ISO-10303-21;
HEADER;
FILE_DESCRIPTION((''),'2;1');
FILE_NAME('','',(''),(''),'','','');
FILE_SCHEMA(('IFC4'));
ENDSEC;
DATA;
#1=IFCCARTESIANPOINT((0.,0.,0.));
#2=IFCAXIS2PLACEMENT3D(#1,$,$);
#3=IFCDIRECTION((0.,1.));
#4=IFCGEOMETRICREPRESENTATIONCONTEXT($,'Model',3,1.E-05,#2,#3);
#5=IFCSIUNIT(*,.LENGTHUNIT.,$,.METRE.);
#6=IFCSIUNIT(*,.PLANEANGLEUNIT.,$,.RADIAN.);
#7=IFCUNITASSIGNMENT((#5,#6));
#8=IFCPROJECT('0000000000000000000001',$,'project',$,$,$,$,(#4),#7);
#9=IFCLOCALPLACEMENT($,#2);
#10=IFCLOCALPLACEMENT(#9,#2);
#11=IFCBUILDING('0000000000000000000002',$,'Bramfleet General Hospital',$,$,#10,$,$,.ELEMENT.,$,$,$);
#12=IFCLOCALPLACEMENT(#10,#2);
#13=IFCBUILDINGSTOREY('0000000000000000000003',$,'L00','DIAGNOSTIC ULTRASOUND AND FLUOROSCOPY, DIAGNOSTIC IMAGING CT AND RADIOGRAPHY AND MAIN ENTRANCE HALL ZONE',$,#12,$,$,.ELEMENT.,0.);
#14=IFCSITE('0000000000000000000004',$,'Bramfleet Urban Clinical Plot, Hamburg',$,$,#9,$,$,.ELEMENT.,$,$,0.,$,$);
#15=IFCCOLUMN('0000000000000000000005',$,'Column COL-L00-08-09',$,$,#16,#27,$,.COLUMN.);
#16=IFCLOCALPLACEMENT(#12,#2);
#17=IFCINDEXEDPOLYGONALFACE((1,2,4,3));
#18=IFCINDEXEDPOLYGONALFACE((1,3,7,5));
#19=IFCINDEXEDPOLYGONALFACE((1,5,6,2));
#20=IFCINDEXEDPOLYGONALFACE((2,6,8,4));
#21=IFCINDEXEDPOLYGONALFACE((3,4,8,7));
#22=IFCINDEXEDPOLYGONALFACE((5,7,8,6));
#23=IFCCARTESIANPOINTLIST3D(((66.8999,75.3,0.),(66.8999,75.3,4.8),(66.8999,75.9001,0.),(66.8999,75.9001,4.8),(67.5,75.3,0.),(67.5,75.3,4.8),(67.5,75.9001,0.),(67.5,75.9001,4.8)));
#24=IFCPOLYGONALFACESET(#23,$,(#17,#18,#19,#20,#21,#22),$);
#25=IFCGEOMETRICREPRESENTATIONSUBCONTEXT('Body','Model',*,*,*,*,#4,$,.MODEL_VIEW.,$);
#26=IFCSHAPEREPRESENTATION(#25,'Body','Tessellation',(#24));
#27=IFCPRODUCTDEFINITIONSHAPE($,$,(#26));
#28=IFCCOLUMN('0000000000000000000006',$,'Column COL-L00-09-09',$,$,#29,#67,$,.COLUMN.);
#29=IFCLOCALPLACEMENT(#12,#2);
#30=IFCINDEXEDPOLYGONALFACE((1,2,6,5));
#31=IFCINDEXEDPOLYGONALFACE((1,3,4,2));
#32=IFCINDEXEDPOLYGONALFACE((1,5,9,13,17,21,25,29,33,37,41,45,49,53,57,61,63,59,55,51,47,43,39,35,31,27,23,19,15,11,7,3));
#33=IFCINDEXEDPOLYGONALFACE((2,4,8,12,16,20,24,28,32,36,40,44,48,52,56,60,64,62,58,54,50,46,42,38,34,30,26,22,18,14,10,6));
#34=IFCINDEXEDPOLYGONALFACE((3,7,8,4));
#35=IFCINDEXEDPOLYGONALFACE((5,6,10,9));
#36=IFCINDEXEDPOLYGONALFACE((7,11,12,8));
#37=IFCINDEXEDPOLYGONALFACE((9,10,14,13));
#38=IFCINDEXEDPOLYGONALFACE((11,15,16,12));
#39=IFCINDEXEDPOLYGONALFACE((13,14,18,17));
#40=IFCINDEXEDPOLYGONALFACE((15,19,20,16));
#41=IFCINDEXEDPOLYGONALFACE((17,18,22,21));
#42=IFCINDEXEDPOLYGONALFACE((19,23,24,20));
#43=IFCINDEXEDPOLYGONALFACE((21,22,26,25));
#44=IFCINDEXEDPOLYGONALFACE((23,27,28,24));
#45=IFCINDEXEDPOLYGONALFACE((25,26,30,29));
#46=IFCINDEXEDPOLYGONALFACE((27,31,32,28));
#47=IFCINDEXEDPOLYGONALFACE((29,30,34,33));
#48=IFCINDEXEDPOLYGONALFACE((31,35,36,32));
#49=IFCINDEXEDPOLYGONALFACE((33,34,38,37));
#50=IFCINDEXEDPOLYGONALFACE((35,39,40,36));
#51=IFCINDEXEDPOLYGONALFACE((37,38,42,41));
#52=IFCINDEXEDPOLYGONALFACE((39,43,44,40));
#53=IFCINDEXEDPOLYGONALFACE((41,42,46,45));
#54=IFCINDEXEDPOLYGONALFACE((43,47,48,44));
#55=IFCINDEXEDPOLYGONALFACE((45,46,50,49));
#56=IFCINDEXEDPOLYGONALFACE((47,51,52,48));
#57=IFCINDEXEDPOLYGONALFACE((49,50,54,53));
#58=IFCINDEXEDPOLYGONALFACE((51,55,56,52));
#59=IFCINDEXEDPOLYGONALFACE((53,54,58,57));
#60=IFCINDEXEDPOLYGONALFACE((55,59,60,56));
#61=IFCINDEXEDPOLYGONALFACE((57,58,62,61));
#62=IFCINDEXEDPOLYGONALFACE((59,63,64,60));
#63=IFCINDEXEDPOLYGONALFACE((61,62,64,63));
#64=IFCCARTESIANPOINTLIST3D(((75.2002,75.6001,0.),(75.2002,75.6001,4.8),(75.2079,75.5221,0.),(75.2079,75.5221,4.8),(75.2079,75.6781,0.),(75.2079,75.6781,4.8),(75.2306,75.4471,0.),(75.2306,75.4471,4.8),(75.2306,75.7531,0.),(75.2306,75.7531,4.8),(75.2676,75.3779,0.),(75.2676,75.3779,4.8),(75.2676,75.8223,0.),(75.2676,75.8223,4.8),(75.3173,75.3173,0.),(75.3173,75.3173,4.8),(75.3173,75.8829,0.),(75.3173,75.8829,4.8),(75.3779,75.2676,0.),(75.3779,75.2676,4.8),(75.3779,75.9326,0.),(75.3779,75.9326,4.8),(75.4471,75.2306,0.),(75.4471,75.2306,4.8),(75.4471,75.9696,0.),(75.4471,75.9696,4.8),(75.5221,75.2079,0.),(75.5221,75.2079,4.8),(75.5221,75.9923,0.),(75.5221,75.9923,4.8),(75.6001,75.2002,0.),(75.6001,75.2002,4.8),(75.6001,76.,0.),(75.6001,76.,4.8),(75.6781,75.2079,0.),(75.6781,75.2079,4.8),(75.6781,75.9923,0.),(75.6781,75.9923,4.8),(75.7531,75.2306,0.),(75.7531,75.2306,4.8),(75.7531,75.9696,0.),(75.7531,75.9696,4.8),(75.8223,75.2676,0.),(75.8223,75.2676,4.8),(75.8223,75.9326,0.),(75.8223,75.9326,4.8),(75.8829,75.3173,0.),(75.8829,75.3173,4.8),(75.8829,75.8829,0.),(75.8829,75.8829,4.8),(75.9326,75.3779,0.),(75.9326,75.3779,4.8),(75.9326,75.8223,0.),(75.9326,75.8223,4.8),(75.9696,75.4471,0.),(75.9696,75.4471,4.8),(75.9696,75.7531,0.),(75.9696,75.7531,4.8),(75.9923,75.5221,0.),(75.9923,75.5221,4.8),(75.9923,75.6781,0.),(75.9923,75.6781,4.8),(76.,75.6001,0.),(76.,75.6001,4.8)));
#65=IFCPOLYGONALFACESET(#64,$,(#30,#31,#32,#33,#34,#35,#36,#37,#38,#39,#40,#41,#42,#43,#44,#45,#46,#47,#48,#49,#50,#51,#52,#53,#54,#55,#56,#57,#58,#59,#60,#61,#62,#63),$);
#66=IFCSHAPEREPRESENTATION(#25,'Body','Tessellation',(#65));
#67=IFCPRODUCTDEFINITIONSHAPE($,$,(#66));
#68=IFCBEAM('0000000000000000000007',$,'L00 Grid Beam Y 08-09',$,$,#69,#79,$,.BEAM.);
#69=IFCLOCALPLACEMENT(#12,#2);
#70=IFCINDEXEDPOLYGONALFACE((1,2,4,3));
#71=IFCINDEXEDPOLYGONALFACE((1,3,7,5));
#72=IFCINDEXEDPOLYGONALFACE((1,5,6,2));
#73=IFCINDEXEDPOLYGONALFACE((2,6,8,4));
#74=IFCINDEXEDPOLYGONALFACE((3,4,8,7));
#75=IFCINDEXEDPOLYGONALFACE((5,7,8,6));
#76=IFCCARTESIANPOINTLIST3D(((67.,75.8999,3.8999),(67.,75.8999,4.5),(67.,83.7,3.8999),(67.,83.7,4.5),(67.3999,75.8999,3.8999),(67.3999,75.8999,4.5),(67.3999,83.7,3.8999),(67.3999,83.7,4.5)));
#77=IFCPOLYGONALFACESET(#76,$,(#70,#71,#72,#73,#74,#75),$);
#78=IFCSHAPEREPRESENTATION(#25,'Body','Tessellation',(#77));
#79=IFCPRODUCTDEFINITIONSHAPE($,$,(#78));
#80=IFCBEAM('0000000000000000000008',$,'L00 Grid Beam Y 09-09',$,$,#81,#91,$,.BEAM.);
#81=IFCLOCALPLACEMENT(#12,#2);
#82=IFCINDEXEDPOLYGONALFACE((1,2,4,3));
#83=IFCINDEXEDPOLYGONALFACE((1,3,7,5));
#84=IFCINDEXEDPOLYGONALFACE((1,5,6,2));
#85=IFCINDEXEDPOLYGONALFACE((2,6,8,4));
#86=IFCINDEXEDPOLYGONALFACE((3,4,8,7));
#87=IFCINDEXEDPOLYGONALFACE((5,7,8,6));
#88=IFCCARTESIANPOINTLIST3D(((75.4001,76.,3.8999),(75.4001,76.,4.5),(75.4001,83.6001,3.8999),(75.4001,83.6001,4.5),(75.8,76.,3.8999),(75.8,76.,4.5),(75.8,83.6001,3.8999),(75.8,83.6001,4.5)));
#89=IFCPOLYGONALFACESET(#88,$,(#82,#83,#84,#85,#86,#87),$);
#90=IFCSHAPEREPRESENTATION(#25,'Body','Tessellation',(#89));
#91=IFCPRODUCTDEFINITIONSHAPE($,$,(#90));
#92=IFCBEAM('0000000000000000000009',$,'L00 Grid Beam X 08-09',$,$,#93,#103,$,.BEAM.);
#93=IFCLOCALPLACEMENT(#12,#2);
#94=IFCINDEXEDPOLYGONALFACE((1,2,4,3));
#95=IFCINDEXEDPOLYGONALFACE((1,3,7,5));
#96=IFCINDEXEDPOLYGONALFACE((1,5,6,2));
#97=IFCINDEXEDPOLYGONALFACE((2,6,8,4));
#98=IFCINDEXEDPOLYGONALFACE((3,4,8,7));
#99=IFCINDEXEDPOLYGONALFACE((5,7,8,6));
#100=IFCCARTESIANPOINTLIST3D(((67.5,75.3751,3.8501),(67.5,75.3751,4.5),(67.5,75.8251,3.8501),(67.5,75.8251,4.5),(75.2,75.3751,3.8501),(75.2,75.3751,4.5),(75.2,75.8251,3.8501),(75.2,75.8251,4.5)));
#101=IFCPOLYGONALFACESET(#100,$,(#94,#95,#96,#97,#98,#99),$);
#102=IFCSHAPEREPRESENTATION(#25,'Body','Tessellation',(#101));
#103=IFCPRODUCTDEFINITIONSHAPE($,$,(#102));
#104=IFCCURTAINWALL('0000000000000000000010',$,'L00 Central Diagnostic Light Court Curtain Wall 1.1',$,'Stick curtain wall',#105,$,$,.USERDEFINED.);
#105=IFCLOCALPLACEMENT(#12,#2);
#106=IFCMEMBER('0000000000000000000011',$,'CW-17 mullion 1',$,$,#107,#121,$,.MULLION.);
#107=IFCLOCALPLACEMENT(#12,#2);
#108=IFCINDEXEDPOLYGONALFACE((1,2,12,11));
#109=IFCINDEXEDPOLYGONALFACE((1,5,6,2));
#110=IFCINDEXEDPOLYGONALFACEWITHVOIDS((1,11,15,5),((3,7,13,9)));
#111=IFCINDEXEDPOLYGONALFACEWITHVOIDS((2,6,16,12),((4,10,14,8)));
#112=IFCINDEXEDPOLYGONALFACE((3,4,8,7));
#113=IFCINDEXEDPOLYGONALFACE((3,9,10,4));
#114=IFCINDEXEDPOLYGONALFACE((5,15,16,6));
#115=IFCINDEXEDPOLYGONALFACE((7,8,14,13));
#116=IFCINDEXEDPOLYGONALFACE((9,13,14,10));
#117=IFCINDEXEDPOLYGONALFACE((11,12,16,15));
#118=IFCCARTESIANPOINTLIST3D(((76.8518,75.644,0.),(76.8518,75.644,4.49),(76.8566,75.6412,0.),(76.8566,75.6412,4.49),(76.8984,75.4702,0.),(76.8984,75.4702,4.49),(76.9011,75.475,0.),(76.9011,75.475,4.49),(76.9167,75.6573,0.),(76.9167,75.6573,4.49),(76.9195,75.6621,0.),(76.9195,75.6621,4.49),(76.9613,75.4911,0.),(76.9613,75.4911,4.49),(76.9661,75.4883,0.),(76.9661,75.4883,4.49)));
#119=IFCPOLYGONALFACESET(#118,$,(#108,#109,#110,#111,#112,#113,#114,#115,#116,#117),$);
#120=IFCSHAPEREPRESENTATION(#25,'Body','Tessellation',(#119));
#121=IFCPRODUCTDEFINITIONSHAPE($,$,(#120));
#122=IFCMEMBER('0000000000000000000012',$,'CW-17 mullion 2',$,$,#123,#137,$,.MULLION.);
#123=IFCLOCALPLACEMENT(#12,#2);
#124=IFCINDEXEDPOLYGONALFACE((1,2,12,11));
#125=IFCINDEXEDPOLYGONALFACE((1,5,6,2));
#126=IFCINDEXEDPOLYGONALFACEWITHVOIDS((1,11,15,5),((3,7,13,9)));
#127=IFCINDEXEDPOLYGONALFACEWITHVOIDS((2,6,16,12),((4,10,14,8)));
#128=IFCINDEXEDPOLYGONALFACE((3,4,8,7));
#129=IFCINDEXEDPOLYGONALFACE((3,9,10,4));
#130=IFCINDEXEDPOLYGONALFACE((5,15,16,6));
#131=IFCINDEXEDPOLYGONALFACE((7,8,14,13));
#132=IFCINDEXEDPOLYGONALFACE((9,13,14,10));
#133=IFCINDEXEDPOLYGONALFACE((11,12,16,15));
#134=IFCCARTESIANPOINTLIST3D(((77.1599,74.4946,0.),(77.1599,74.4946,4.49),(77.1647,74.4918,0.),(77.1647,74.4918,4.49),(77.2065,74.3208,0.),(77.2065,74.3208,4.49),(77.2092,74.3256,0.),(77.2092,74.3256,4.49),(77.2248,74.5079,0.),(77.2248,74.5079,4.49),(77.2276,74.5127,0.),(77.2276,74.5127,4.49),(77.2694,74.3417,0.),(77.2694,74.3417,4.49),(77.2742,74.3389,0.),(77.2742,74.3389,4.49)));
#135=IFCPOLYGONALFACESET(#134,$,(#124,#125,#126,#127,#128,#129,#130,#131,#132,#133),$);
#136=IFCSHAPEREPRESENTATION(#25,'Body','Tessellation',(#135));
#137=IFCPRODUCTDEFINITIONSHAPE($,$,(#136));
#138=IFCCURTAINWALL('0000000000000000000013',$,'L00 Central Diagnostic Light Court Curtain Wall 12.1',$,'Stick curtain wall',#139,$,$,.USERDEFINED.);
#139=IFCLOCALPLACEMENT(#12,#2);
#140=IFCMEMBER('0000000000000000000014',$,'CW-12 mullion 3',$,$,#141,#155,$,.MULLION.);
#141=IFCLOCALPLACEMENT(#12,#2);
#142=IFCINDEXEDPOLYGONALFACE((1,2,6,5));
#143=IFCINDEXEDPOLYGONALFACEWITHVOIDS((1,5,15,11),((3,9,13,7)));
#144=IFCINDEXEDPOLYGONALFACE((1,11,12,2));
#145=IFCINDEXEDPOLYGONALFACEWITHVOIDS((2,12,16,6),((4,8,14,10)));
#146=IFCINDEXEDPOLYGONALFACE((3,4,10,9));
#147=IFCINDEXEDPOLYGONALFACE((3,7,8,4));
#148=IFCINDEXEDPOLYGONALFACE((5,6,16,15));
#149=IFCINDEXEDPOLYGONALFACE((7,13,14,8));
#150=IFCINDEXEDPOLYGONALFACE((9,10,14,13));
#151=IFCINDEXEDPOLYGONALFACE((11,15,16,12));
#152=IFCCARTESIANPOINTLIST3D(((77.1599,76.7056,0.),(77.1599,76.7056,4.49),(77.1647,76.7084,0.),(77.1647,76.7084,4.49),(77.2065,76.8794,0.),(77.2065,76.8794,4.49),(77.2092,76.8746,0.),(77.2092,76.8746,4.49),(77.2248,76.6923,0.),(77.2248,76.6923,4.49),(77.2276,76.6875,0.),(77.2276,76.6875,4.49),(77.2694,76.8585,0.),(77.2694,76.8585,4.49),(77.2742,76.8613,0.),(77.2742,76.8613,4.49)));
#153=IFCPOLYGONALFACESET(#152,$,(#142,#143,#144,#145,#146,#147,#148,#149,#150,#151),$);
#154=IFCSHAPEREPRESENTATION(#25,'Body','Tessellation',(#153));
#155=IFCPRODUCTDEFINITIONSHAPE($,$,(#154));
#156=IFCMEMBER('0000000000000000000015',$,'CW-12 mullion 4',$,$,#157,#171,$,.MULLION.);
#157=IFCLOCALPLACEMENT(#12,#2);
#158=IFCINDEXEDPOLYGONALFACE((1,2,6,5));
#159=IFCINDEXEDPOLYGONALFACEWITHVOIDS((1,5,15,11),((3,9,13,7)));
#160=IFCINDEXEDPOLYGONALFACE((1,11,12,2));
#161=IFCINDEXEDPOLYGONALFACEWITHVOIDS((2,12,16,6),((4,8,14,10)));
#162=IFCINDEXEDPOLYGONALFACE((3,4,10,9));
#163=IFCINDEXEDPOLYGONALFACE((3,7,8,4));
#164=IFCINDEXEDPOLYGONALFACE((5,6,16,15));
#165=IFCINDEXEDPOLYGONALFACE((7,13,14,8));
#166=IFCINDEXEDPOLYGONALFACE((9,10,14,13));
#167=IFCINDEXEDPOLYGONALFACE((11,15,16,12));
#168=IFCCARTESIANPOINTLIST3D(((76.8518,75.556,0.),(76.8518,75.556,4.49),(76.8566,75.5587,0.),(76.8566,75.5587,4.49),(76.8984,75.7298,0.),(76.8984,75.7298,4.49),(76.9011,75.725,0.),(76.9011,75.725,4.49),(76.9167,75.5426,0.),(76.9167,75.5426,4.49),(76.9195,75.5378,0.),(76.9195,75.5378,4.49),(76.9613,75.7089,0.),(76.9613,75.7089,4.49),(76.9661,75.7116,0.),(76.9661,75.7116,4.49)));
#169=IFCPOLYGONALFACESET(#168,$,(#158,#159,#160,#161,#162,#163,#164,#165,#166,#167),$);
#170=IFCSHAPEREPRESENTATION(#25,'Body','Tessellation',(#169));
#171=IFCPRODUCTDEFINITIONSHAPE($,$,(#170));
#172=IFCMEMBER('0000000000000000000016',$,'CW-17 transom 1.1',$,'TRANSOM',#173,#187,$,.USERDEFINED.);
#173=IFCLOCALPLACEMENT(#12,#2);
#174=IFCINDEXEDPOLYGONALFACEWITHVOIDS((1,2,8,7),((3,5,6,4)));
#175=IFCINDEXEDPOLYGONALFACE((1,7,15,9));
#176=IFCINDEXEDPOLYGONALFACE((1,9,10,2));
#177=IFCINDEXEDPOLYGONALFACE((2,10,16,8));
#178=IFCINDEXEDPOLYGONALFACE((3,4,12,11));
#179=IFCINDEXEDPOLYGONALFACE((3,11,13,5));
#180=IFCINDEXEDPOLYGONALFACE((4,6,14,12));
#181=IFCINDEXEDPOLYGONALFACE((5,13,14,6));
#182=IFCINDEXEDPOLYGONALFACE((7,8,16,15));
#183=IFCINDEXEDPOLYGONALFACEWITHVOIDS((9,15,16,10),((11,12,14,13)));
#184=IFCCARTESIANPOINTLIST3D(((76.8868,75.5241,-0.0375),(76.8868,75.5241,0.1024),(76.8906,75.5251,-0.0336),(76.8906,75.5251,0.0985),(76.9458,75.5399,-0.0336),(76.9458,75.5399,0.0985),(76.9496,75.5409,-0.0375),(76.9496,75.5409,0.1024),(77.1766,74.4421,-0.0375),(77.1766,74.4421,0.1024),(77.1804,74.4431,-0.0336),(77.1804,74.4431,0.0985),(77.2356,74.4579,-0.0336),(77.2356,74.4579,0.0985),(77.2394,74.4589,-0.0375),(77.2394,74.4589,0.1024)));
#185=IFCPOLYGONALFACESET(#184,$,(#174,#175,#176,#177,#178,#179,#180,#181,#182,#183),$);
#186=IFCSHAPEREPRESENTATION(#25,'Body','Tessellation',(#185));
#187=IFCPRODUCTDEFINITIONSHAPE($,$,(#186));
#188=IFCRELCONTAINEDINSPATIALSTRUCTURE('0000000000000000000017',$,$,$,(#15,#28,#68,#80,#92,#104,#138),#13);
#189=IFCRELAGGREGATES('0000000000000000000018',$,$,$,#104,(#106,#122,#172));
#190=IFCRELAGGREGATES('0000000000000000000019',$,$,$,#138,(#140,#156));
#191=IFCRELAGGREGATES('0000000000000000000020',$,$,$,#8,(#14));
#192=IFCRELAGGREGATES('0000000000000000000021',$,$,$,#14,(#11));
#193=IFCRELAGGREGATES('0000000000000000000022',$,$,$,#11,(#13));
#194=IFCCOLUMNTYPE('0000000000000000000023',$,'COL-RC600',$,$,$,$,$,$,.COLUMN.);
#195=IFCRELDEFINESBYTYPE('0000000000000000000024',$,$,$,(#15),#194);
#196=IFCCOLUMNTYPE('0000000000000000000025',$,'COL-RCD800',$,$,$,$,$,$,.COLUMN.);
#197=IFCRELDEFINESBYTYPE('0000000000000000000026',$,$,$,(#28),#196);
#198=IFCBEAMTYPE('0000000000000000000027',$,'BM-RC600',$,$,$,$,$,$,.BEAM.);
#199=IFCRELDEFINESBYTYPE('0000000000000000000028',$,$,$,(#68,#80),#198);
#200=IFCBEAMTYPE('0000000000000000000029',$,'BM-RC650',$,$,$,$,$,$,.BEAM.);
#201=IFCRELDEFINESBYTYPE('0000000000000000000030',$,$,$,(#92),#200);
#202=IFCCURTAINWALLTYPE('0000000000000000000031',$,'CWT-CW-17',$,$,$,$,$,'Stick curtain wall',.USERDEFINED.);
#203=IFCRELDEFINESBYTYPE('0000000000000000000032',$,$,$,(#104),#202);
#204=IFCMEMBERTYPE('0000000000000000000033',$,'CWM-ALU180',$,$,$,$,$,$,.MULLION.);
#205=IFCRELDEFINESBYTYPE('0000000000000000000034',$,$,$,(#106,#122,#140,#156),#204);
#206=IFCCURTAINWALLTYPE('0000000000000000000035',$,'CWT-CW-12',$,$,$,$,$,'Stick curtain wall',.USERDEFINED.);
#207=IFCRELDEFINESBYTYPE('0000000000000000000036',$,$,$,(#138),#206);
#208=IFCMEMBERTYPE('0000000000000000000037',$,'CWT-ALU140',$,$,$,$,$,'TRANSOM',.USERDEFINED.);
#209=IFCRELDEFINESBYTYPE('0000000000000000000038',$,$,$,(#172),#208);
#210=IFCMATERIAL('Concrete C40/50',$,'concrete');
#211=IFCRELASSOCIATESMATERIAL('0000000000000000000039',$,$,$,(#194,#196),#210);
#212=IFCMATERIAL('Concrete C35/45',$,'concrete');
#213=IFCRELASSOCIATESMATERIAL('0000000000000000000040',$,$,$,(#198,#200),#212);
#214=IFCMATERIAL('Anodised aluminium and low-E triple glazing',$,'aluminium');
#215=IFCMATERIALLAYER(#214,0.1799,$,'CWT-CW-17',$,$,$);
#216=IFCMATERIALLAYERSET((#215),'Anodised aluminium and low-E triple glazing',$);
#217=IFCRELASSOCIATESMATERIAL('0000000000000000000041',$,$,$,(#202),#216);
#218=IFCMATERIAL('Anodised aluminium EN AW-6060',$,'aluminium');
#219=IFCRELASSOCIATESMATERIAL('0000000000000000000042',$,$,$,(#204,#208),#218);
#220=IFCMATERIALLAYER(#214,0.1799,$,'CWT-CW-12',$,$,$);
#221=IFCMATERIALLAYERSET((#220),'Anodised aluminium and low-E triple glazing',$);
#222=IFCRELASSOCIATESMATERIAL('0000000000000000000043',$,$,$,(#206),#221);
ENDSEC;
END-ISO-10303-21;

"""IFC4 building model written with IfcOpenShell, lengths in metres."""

from ifc_helpers import new_model, si_unit, direction, frame, origin, origin_2d, place, context, subcontext, project, spatial, rectangle, hollow_rectangle, circle, extrude, material, layer, layer_set, material_profile, profile_set, type_object, element, aggregate, save


model = new_model("IFC4")

# Units and contexts
model_context = context("Model", 3, precision=1e-05, world=origin(), true_north=direction((0.0, 1.0)))
body_context = subcontext(model_context, "Body", "Model", "MODEL_VIEW")
ifc_project = project(units=[si_unit("LENGTHUNIT", "METRE"), si_unit("PLANEANGLEUNIT", "RADIAN")], contexts=[model_context])

# Site, building, storey
site_placement = place(None, origin())
site = spatial("IfcSite", under=ifc_project, at=site_placement, Name="Bramfleet Urban Clinical Plot, Hamburg", CompositionType="ELEMENT", RefElevation=0.0)
building_placement = place(site_placement, origin())
building = spatial("IfcBuilding", under=site, at=building_placement, Name="Bramfleet General Hospital", CompositionType="ELEMENT")
storey_placement = place(building_placement, origin())
storey = spatial("IfcBuildingStorey", under=building, at=storey_placement, Name="L00", Description="DIAGNOSTIC ULTRASOUND AND FLUOROSCOPY, DIAGNOSTIC IMAGING CT AND RADIOGRAPHY AND MAIN ENTRANCE HALL ZONE", CompositionType="ELEMENT", Elevation=0.0)

# Columns
ifc_material_1 = material(Name="Concrete C40/50", Category="concrete")
ifc_material_profile_1 = material_profile(ifc_material_1, rectangle(XDim=0.6001, YDim=0.6001, at=origin_2d()), Name="RC COL 600x600")
ifc_profile_set_1 = profile_set([ifc_material_profile_1], Name="Concrete C40/50")
column_type_1 = type_object("IfcColumnType", Name="COL-RC600", PredefinedType="COLUMN", material=ifc_profile_set_1)
column_1_placement = place(storey_placement, frame((67.2, 75.6001, 0.0), z_axis=(0.0, 0.0, 1.0), x_axis=(1.0, 0.0, 0.0)))
element("IfcColumn", 1, at=column_1_placement, inside=storey, type_object=column_type_1, Name="Column COL-L00-08-09", PredefinedType="COLUMN", context=body_context, shape_type="SweptSolid", body=[
    extrude(rectangle(XDim=0.6001, YDim=0.6001, at=origin_2d()), origin(), (0.0, 0.0, 1.0), 4.8),
])
ifc_material_profile_2 = material_profile(ifc_material_1, circle(Radius=0.3999, at=origin_2d()), Name="RC ROUND D800")
ifc_profile_set_2 = profile_set([ifc_material_profile_2], Name="Concrete C40/50")
column_type_2 = type_object("IfcColumnType", Name="COL-RCD800", PredefinedType="COLUMN", material=ifc_profile_set_2)
column_2_placement = place(storey_placement, frame((75.6001, 75.6001, 0.0), z_axis=(0.0, 0.0, 1.0), x_axis=(1.0, 0.0, 0.0)))
element("IfcColumn", 2, at=column_2_placement, inside=storey, type_object=column_type_2, Name="Column COL-L00-09-09", PredefinedType="COLUMN", context=body_context, shape_type="SweptSolid", body=[
    extrude(circle(Radius=0.3999, at=origin_2d()), origin(), (0.0, 0.0, 1.0), 4.8),
])

# Beams
ifc_material_2 = material(Name="Concrete C35/45", Category="concrete")
ifc_material_profile_3 = material_profile(ifc_material_2, rectangle(XDim=0.3999, YDim=0.6001, at=origin_2d()), Name="RC BM 600x400")
ifc_profile_set_3 = profile_set([ifc_material_profile_3], Name="Concrete C35/45")
beam_type_1 = type_object("IfcBeamType", Name="BM-RC600", PredefinedType="BEAM", material=ifc_profile_set_3)
beam_1_placement = place(storey_placement, frame((67.2, 75.8999, 4.2), z_axis=(0.0, 1.0, 0.0), x_axis=(-1.0, 0.0, 0.0)))
element("IfcBeam", 3, at=beam_1_placement, inside=storey, type_object=beam_type_1, Name="L00 Grid Beam Y 08-09", PredefinedType="BEAM", context=body_context, shape_type="SweptSolid", body=[
    extrude(rectangle(XDim=0.3999, YDim=0.6001, at=origin_2d()), origin(), (0.0, 0.0, 1.0), 7.8),
])
beam_2_placement = place(storey_placement, frame((75.6001, 76.0, 4.2), z_axis=(0.0, 1.0, 0.0), x_axis=(-1.0, 0.0, 0.0)))
element("IfcBeam", 4, at=beam_2_placement, inside=storey, type_object=beam_type_1, Name="L00 Grid Beam Y 09-09", PredefinedType="BEAM", context=body_context, shape_type="SweptSolid", body=[
    extrude(rectangle(XDim=0.3999, YDim=0.6001, at=origin_2d()), origin(), (0.0, 0.0, 1.0), 7.6001),
])
ifc_material_profile_4 = material_profile(ifc_material_2, rectangle(XDim=0.45, YDim=0.6499, at=origin_2d()), Name="RC BM 650x450")
ifc_profile_set_4 = profile_set([ifc_material_profile_4], Name="Concrete C35/45")
beam_type_2 = type_object("IfcBeamType", Name="BM-RC650", PredefinedType="BEAM", material=ifc_profile_set_4)
beam_3_placement = place(storey_placement, frame((67.5, 75.6001, 4.175), z_axis=(1.0, 0.0, 0.0), x_axis=(0.0, 1.0, 0.0)))
element("IfcBeam", 5, at=beam_3_placement, inside=storey, type_object=beam_type_2, Name="L00 Grid Beam X 08-09", PredefinedType="BEAM", context=body_context, shape_type="SweptSolid", body=[
    extrude(rectangle(XDim=0.45, YDim=0.6499, at=origin_2d()), origin(), (0.0, 0.0, 1.0), 7.7),
])

# Curtain walls, members
ifc_material_3 = material(Name="Anodised aluminium and low-E triple glazing", Category="aluminium")
ifc_layer_1 = layer(ifc_material_3, 0.1799, Name="CWT-CW-17")
ifc_layer_set_1 = layer_set([ifc_layer_1], Name="Anodised aluminium and low-E triple glazing")
curtain_wall_type_1 = type_object("IfcCurtainWallType", Name="CWT-CW-17", ElementType="Stick curtain wall", PredefinedType="USERDEFINED", material=ifc_layer_set_1)
curtain_wall_1_placement = place(storey_placement, origin())
curtain_wall_1 = element("IfcCurtainWall", 6, at=curtain_wall_1_placement, inside=storey, type_object=curtain_wall_type_1, Name="L00 Central Diagnostic Light Court Curtain Wall 1.1", ObjectType="Stick curtain wall", PredefinedType="USERDEFINED")
ifc_material_4 = material(Name="Anodised aluminium EN AW-6060", Category="aluminium")
ifc_material_profile_5 = material_profile(ifc_material_4, hollow_rectangle(XDim=0.0701, YDim=0.1799, WallThickness=0.0039, at=origin_2d()), Name="ALU 180x70x4.0")
ifc_profile_set_5 = profile_set([ifc_material_profile_5], Name="Anodised aluminium EN AW-6060")
member_type_1 = type_object("IfcMemberType", Name="CWM-ALU180", PredefinedType="MULLION", material=ifc_profile_set_5)
member_1_placement = place(storey_placement, frame((76.9089, 75.5662, 0.0), z_axis=(0.0, 0.0, 1.0), x_axis=(0.965941, 0.258763, 0.0)))
member_1 = element("IfcMember", 7, at=member_1_placement, type_object=member_type_1, Name="CW-17 mullion 1", PredefinedType="MULLION", context=body_context, shape_type="SweptSolid", body=[
    extrude(hollow_rectangle(XDim=0.0701, YDim=0.1799, WallThickness=0.0039, at=origin_2d()), origin(), (0.0, 0.0, 1.0), 4.49),
])
member_2_placement = place(storey_placement, frame((77.217, 74.4167, 0.0), z_axis=(0.0, 0.0, 1.0), x_axis=(0.965941, 0.258763, 0.0)))
member_2 = element("IfcMember", 8, at=member_2_placement, type_object=member_type_1, Name="CW-17 mullion 2", PredefinedType="MULLION", context=body_context, shape_type="SweptSolid", body=[
    extrude(hollow_rectangle(XDim=0.0701, YDim=0.1799, WallThickness=0.0039, at=origin_2d()), origin(), (0.0, 0.0, 1.0), 4.49),
])
ifc_layer_2 = layer(ifc_material_3, 0.1799, Name="CWT-CW-12")
ifc_layer_set_2 = layer_set([ifc_layer_2], Name="Anodised aluminium and low-E triple glazing")
curtain_wall_type_2 = type_object("IfcCurtainWallType", Name="CWT-CW-12", ElementType="Stick curtain wall", PredefinedType="USERDEFINED", material=ifc_layer_set_2)
curtain_wall_2_placement = place(storey_placement, origin())
curtain_wall_2 = element("IfcCurtainWall", 9, at=curtain_wall_2_placement, inside=storey, type_object=curtain_wall_type_2, Name="L00 Central Diagnostic Light Court Curtain Wall 12.1", ObjectType="Stick curtain wall", PredefinedType="USERDEFINED")
member_3_placement = place(storey_placement, frame((77.217, 76.7834, 0.0), z_axis=(0.0, 0.0, 1.0), x_axis=(0.965941, -0.258763, 0.0)))
member_3 = element("IfcMember", 10, at=member_3_placement, type_object=member_type_1, Name="CW-12 mullion 3", PredefinedType="MULLION", context=body_context, shape_type="SweptSolid", body=[
    extrude(hollow_rectangle(XDim=0.0701, YDim=0.1799, WallThickness=0.0039, at=origin_2d()), origin(), (0.0, 0.0, 1.0), 4.49),
])
member_4_placement = place(storey_placement, frame((76.9089, 75.6338, 0.0), z_axis=(0.0, 0.0, 1.0), x_axis=(0.965941, -0.258763, 0.0)))
member_4 = element("IfcMember", 11, at=member_4_placement, type_object=member_type_1, Name="CW-12 mullion 4", PredefinedType="MULLION", context=body_context, shape_type="SweptSolid", body=[
    extrude(hollow_rectangle(XDim=0.0701, YDim=0.1799, WallThickness=0.0039, at=origin_2d()), origin(), (0.0, 0.0, 1.0), 4.49),
])

# Member
ifc_material_profile_6 = material_profile(ifc_material_4, hollow_rectangle(XDim=0.0649, YDim=0.1399, WallThickness=0.0039, at=origin_2d()), Name="ALU 140x65x4.0")
ifc_profile_set_6 = profile_set([ifc_material_profile_6], Name="Anodised aluminium EN AW-6060")
member_type_2 = type_object("IfcMemberType", Name="CWT-ALU140", ElementType="TRANSOM", PredefinedType="USERDEFINED", material=ifc_profile_set_6)
member_5_placement = place(storey_placement, frame((76.9182, 75.5325, 0.0325), z_axis=(0.258707, -0.965956, 0.0), x_axis=(0.965956, 0.258707, 0.0)))
member_5 = element("IfcMember", 12, at=member_5_placement, type_object=member_type_2, Name="CW-17 transom 1.1", ObjectType="TRANSOM", PredefinedType="USERDEFINED", context=body_context, shape_type="SweptSolid", body=[
    extrude(hollow_rectangle(XDim=0.0649, YDim=0.1399, WallThickness=0.0039, at=origin_2d()), origin(), (0.0, 0.0, 1.0), 1.1201),
])

aggregate(curtain_wall_1, [member_1, member_2, member_5])
aggregate(curtain_wall_2, [member_3, member_4])

save(model, "model.ifc")
